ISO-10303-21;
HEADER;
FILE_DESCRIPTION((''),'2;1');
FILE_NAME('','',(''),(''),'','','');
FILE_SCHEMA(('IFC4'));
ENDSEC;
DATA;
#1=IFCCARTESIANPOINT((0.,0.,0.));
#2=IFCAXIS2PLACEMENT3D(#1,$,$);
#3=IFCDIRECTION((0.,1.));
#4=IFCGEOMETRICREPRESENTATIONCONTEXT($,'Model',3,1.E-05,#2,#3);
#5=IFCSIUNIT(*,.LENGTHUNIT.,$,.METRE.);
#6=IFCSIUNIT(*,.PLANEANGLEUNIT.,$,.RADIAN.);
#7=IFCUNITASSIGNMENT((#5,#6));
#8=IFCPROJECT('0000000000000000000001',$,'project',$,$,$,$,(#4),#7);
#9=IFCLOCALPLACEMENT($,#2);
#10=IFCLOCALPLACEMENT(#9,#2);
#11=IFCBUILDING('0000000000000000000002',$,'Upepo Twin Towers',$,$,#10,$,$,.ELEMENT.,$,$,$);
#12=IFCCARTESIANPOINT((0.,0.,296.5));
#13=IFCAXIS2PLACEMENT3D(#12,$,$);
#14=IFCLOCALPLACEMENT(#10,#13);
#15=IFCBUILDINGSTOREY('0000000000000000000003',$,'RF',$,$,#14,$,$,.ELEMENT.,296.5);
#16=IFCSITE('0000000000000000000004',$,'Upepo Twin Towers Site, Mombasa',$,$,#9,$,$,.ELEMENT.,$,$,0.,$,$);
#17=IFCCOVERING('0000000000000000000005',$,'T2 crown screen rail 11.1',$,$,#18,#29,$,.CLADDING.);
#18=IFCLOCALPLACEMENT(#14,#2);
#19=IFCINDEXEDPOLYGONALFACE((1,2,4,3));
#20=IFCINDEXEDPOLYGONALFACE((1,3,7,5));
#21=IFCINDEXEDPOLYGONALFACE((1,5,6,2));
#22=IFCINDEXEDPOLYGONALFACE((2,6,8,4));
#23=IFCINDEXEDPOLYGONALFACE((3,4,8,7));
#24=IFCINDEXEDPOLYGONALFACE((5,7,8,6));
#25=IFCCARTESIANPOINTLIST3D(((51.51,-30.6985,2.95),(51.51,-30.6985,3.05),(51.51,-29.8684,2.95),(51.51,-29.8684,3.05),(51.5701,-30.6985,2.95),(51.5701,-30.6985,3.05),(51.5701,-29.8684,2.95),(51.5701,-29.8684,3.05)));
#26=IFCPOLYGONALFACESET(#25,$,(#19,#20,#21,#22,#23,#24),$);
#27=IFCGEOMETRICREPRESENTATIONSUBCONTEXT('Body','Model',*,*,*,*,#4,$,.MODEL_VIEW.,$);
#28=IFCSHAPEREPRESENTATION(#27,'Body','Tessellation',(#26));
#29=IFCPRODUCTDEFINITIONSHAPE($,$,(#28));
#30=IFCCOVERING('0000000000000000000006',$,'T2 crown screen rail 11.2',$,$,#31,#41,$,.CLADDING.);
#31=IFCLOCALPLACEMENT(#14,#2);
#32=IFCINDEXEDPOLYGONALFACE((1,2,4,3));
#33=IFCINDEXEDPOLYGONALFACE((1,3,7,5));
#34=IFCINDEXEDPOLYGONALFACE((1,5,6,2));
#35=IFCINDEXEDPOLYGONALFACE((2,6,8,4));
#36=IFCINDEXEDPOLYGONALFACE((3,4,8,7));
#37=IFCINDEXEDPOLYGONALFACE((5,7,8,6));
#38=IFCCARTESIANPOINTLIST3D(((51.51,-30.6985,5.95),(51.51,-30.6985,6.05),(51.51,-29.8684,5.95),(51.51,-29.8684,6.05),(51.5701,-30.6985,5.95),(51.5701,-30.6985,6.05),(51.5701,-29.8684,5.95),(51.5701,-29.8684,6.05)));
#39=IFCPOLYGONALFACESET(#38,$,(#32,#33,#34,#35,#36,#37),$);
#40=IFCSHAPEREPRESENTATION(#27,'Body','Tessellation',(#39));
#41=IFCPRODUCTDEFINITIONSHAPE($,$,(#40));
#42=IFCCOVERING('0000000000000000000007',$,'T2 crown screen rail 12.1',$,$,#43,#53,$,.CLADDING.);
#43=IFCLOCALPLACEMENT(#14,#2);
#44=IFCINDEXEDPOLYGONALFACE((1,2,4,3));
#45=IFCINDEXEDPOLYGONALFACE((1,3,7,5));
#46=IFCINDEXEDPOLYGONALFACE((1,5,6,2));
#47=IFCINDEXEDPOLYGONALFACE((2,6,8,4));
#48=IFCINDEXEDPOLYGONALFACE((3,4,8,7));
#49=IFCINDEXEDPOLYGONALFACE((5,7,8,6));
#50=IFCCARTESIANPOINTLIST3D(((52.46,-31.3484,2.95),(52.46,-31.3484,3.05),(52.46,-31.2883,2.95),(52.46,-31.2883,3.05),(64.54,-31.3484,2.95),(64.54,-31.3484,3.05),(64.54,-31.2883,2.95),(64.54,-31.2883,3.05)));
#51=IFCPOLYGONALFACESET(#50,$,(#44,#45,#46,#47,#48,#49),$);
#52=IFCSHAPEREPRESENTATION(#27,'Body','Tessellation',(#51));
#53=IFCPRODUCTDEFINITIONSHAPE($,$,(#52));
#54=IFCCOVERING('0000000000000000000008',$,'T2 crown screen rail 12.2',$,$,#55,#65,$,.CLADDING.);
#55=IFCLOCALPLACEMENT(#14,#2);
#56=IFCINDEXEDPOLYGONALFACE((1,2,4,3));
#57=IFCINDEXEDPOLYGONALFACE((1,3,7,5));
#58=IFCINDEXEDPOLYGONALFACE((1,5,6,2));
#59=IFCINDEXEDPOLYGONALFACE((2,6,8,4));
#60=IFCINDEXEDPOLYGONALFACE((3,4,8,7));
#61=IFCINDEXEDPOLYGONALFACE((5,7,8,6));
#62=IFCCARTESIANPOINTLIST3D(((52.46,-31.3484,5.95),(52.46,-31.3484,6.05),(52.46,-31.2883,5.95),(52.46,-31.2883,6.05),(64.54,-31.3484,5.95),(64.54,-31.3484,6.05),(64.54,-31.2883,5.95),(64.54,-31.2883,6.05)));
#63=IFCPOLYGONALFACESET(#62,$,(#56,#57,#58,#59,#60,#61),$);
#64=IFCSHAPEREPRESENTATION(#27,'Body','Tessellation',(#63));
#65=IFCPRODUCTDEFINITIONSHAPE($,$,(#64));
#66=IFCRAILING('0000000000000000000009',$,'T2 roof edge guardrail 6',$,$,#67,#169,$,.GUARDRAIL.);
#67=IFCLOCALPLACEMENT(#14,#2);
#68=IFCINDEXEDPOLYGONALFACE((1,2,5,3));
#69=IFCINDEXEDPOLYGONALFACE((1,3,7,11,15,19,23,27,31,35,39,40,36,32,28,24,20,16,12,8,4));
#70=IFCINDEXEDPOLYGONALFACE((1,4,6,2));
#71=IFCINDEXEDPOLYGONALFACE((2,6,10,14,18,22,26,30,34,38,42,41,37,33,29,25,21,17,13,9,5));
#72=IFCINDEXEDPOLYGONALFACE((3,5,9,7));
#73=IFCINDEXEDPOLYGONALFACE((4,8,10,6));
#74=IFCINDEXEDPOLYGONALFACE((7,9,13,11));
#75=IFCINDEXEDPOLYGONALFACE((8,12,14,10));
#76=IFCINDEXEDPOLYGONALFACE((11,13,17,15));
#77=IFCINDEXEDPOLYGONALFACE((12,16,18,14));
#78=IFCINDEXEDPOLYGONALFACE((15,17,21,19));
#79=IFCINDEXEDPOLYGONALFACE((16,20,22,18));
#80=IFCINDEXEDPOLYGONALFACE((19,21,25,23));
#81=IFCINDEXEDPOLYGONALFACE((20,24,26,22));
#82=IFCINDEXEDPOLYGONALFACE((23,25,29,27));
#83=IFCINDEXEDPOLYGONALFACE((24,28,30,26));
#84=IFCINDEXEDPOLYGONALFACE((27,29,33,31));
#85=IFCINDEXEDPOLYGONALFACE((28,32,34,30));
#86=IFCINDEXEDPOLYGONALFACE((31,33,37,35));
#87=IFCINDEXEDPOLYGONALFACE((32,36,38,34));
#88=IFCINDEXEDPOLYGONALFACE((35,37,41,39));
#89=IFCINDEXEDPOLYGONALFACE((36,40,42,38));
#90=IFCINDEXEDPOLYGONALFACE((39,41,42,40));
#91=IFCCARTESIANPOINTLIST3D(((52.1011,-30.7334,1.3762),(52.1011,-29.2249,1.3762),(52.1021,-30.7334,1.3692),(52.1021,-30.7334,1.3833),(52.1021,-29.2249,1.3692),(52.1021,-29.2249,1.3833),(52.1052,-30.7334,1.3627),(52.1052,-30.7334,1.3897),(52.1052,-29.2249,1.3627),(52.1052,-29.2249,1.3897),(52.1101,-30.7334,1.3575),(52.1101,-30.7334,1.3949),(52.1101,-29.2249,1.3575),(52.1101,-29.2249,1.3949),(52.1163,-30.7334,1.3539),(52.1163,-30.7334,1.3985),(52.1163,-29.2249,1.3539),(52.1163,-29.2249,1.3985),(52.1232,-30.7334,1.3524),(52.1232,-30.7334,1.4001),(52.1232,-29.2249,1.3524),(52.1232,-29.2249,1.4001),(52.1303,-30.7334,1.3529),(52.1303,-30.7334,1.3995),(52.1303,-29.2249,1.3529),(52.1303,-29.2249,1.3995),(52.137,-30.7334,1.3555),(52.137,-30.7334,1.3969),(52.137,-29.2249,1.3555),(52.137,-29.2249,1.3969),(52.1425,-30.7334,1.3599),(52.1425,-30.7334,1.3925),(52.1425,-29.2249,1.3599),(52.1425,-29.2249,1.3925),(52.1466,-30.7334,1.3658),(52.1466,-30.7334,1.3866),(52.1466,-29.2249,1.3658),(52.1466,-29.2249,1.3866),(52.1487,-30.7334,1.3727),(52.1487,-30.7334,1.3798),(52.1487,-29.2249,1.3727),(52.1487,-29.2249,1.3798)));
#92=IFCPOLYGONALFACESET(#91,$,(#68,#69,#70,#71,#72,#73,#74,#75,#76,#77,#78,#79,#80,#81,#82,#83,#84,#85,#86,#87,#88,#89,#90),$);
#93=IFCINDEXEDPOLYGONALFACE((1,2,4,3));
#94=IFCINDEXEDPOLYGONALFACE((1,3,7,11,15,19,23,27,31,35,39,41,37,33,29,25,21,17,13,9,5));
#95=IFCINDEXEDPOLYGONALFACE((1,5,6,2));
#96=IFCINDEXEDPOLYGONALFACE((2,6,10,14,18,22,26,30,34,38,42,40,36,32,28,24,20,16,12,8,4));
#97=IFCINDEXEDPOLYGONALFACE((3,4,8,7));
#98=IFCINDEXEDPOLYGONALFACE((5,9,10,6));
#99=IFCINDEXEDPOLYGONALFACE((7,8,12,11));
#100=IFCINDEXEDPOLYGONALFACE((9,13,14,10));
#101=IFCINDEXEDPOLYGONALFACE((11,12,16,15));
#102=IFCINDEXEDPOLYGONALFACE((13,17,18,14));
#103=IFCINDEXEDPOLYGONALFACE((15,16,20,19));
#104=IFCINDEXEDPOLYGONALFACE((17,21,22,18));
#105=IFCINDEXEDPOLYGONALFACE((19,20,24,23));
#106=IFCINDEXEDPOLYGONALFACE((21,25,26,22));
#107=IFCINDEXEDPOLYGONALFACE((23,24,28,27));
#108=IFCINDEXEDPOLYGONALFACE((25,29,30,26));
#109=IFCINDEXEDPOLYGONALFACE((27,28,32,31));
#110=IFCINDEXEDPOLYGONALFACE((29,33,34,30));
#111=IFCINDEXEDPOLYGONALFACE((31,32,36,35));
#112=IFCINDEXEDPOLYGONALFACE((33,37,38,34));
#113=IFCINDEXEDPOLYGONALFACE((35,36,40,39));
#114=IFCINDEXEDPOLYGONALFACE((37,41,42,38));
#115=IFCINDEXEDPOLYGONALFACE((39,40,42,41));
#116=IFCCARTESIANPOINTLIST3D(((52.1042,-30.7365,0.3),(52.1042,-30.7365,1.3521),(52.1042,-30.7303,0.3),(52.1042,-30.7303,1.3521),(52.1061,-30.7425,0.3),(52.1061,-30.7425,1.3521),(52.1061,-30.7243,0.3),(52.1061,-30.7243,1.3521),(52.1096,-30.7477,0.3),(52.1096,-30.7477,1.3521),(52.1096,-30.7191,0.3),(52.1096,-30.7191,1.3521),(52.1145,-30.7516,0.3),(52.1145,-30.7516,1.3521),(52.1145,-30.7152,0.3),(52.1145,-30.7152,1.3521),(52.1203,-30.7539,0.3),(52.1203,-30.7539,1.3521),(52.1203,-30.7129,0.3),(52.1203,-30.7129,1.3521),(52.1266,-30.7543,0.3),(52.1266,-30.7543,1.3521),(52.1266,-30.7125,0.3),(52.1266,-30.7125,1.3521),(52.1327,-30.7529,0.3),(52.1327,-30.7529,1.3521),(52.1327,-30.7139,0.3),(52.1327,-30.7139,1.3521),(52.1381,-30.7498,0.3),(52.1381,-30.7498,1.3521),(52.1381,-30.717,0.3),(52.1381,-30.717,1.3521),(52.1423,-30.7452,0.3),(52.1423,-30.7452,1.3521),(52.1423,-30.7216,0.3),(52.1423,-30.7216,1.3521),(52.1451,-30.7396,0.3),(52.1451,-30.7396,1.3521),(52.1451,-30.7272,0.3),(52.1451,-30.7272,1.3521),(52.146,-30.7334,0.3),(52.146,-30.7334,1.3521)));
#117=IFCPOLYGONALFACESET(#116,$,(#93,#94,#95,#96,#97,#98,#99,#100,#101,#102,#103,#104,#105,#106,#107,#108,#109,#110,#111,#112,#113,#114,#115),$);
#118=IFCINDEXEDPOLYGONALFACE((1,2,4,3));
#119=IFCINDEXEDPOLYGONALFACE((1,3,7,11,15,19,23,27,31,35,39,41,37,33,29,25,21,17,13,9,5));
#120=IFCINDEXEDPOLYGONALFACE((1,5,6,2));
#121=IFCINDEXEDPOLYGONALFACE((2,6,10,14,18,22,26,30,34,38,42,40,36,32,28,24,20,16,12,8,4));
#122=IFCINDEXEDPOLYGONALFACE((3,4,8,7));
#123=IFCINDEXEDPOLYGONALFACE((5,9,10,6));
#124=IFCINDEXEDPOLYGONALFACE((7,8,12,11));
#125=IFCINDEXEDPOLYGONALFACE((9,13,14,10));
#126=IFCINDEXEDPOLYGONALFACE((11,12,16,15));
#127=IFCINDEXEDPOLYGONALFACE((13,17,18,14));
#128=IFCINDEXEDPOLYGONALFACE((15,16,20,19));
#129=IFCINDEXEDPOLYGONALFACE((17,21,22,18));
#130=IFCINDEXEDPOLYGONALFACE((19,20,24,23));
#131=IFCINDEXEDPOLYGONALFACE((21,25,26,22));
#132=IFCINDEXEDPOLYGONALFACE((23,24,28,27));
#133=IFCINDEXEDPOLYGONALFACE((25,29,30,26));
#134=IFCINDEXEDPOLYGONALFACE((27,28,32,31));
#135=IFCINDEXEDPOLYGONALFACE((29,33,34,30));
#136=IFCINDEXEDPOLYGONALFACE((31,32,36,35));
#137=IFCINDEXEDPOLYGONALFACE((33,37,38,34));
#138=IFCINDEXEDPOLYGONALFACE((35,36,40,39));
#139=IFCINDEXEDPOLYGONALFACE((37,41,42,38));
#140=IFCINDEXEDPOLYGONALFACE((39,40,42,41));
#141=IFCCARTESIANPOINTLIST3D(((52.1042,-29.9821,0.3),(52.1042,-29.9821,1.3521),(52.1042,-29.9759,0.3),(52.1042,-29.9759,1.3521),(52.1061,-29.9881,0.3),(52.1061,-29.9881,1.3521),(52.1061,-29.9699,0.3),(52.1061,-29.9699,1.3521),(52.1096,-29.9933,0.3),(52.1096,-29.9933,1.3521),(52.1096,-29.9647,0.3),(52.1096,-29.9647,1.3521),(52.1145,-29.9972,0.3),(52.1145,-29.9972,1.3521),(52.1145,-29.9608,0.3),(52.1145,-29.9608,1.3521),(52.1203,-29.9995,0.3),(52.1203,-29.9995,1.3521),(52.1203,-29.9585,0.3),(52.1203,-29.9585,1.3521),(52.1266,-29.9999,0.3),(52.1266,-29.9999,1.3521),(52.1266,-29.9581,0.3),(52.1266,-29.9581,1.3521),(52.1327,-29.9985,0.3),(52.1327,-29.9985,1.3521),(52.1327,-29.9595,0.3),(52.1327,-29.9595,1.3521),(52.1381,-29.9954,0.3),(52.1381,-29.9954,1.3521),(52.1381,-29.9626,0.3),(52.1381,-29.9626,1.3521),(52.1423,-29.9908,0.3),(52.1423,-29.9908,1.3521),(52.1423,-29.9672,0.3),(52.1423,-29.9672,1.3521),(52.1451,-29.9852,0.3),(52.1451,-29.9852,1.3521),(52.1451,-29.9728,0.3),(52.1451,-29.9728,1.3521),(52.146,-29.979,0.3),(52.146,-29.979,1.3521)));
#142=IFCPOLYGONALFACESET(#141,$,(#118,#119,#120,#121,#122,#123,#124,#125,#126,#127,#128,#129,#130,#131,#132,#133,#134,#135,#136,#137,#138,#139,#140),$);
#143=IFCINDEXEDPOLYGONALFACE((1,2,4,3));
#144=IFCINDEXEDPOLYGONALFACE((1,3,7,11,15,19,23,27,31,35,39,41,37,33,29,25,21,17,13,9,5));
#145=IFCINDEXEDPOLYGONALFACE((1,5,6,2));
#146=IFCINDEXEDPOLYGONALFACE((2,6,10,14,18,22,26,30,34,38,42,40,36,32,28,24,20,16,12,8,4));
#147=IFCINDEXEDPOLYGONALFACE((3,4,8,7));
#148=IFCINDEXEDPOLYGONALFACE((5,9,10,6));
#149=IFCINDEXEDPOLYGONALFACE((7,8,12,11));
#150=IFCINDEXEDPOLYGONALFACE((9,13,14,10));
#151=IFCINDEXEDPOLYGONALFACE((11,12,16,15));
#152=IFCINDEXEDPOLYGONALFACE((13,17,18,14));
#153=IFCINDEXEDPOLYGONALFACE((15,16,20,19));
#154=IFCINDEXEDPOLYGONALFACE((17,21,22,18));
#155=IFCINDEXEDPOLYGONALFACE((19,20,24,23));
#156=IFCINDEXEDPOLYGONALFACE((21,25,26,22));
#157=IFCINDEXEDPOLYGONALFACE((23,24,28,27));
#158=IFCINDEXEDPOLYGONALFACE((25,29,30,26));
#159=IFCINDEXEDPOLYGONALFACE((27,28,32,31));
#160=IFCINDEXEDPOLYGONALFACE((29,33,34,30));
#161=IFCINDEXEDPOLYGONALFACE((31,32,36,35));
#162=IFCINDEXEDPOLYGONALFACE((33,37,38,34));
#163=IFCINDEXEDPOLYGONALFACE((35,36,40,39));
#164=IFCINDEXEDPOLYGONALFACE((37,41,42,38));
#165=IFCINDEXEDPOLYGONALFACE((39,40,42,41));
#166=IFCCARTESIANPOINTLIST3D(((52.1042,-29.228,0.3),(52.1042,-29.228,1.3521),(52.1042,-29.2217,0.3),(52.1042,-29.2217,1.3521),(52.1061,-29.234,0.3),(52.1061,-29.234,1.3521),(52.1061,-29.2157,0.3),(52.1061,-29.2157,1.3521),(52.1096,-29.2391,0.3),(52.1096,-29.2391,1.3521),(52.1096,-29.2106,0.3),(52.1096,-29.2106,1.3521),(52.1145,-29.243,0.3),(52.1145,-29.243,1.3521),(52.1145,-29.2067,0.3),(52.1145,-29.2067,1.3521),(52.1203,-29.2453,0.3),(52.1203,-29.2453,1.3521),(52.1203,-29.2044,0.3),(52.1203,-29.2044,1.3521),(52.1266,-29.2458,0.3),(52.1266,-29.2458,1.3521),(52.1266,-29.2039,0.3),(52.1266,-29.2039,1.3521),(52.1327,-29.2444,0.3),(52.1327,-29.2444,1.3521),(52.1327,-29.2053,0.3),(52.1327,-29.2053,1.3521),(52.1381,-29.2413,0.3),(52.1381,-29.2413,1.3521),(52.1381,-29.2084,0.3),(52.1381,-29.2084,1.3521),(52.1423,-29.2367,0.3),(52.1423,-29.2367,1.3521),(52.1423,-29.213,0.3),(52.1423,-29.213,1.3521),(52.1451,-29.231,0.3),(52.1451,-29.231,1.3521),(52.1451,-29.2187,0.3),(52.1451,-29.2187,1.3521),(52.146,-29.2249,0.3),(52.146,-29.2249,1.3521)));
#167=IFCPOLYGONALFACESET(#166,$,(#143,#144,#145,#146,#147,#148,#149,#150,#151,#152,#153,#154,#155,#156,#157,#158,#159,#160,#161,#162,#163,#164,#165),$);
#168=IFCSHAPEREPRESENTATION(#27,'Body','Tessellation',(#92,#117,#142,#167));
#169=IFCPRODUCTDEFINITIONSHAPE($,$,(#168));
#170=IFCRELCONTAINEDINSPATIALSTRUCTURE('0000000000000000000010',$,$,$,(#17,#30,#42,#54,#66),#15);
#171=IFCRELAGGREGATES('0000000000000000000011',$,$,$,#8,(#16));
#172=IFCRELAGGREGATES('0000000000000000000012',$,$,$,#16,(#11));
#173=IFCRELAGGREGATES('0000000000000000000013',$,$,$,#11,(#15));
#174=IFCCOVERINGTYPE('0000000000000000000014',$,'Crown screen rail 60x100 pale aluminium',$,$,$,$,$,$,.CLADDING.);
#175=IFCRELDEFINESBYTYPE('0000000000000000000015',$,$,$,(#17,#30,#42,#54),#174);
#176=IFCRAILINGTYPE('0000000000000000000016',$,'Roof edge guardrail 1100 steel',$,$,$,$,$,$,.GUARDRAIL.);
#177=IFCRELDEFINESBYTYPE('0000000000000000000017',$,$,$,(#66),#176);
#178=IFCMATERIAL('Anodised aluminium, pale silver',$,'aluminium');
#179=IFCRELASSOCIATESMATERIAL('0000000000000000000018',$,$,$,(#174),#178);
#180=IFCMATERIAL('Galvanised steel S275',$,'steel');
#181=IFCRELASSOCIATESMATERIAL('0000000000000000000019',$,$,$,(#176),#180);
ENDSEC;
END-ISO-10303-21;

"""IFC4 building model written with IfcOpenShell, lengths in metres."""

from ifc_helpers import new_model, si_unit, direction, frame, origin, origin_2d, place, context, subcontext, project, spatial, rectangle, circle, extrude, material, type_object, element, save


model = new_model("IFC4")

# Units and contexts
model_context = context("Model", 3, precision=1e-05, world=origin(), true_north=direction((0.0, 1.0)))
body_context = subcontext(model_context, "Body", "Model", "MODEL_VIEW")
ifc_project = project(units=[si_unit("LENGTHUNIT", "METRE"), si_unit("PLANEANGLEUNIT", "RADIAN")], contexts=[model_context])

# Site, building, storey
site_placement = place(None, origin())
site = spatial("IfcSite", under=ifc_project, at=site_placement, Name="Upepo Twin Towers Site, Mombasa", CompositionType="ELEMENT", RefElevation=0.0)
building_placement = place(site_placement, origin())
building = spatial("IfcBuilding", under=site, at=building_placement, Name="Upepo Twin Towers", CompositionType="ELEMENT")
storey_placement = place(building_placement, frame((0.0, 0.0, 296.5)))
storey = spatial("IfcBuildingStorey", under=building, at=storey_placement, Name="RF", CompositionType="ELEMENT", Elevation=296.5)

# Coverings
ifc_material_1 = material(Name="Anodised aluminium, pale silver", Category="aluminium")
covering_type_1 = type_object("IfcCoveringType", Name="Crown screen rail 60x100 pale aluminium", PredefinedType="CLADDING", material=ifc_material_1)
for number, where, z_axis, x_axis, name in (
    (1, (51.54, -30.2834, 2.95), (0.0, 0.0, 1.0), (0.0, -1.0, 0.0), "T2 crown screen rail 11.1"),
    (2, (51.54, -30.2834, 5.95), (0.0, 0.0, 1.0), (0.0, -1.0, 0.0), "T2 crown screen rail 11.2"),
):
    element("IfcCovering", number, at=place(storey_placement, frame(where, z_axis=z_axis, x_axis=x_axis)), inside=storey, type_object=covering_type_1, Name=name, PredefinedType="CLADDING", context=body_context, shape_type="SweptSolid", body=[
        extrude(rectangle(XDim=0.8301, YDim=0.0601, at=origin_2d()), origin(), (0.0, 0.0, 1.0), 0.1001),
    ])
for number, where, z_axis, x_axis, name in (
    (3, (58.5, -31.3184, 2.95), (0.0, 0.0, 1.0), (1.0, 0.0, 0.0), "T2 crown screen rail 12.1"),
    (4, (58.5, -31.3184, 5.95), (0.0, 0.0, 1.0), (1.0, 0.0, 0.0), "T2 crown screen rail 12.2"),
):
    element("IfcCovering", number, at=place(storey_placement, frame(where, z_axis=z_axis, x_axis=x_axis)), inside=storey, type_object=covering_type_1, Name=name, PredefinedType="CLADDING", context=body_context, shape_type="SweptSolid", body=[
        extrude(rectangle(XDim=12.0801, YDim=0.0601, at=origin_2d()), origin(), (0.0, 0.0, 1.0), 0.1001),
    ])

# Railing
ifc_material_2 = material(Name="Galvanised steel S275", Category="steel")
railing_type = type_object("IfcRailingType", Name="Roof edge guardrail 1100 steel", PredefinedType="GUARDRAIL", material=ifc_material_2)
railing_1_placement = place(storey_placement, frame((52.125, -30.7334, 0.3)))
element("IfcRailing", 5, at=railing_1_placement, inside=storey, type_object=railing_type, Name="T2 roof edge guardrail 6", PredefinedType="GUARDRAIL", context=body_context, shape_type="SweptSolid", body=[
    extrude(circle(Radius=0.0239, at=origin_2d()), frame((0.0, 0.0, 1.0762), z_axis=(0.0, 1.0, 0.0), x_axis=(-1.0, 0.0, 0.0)), (0.0, 0.0, 1.0), 1.5085),
    extrude(circle(Radius=0.021, at=origin_2d()), origin(), (0.0, 0.0, 1.0), 1.052),
    extrude(circle(Radius=0.021, at=origin_2d()), frame((0.0, 0.7544, 0.0)), (0.0, 0.0, 1.0), 1.052),
    extrude(circle(Radius=0.021, at=origin_2d()), frame((0.0, 1.5085, 0.0)), (0.0, 0.0, 1.0), 1.052),
])

save(model, "model.ifc")
